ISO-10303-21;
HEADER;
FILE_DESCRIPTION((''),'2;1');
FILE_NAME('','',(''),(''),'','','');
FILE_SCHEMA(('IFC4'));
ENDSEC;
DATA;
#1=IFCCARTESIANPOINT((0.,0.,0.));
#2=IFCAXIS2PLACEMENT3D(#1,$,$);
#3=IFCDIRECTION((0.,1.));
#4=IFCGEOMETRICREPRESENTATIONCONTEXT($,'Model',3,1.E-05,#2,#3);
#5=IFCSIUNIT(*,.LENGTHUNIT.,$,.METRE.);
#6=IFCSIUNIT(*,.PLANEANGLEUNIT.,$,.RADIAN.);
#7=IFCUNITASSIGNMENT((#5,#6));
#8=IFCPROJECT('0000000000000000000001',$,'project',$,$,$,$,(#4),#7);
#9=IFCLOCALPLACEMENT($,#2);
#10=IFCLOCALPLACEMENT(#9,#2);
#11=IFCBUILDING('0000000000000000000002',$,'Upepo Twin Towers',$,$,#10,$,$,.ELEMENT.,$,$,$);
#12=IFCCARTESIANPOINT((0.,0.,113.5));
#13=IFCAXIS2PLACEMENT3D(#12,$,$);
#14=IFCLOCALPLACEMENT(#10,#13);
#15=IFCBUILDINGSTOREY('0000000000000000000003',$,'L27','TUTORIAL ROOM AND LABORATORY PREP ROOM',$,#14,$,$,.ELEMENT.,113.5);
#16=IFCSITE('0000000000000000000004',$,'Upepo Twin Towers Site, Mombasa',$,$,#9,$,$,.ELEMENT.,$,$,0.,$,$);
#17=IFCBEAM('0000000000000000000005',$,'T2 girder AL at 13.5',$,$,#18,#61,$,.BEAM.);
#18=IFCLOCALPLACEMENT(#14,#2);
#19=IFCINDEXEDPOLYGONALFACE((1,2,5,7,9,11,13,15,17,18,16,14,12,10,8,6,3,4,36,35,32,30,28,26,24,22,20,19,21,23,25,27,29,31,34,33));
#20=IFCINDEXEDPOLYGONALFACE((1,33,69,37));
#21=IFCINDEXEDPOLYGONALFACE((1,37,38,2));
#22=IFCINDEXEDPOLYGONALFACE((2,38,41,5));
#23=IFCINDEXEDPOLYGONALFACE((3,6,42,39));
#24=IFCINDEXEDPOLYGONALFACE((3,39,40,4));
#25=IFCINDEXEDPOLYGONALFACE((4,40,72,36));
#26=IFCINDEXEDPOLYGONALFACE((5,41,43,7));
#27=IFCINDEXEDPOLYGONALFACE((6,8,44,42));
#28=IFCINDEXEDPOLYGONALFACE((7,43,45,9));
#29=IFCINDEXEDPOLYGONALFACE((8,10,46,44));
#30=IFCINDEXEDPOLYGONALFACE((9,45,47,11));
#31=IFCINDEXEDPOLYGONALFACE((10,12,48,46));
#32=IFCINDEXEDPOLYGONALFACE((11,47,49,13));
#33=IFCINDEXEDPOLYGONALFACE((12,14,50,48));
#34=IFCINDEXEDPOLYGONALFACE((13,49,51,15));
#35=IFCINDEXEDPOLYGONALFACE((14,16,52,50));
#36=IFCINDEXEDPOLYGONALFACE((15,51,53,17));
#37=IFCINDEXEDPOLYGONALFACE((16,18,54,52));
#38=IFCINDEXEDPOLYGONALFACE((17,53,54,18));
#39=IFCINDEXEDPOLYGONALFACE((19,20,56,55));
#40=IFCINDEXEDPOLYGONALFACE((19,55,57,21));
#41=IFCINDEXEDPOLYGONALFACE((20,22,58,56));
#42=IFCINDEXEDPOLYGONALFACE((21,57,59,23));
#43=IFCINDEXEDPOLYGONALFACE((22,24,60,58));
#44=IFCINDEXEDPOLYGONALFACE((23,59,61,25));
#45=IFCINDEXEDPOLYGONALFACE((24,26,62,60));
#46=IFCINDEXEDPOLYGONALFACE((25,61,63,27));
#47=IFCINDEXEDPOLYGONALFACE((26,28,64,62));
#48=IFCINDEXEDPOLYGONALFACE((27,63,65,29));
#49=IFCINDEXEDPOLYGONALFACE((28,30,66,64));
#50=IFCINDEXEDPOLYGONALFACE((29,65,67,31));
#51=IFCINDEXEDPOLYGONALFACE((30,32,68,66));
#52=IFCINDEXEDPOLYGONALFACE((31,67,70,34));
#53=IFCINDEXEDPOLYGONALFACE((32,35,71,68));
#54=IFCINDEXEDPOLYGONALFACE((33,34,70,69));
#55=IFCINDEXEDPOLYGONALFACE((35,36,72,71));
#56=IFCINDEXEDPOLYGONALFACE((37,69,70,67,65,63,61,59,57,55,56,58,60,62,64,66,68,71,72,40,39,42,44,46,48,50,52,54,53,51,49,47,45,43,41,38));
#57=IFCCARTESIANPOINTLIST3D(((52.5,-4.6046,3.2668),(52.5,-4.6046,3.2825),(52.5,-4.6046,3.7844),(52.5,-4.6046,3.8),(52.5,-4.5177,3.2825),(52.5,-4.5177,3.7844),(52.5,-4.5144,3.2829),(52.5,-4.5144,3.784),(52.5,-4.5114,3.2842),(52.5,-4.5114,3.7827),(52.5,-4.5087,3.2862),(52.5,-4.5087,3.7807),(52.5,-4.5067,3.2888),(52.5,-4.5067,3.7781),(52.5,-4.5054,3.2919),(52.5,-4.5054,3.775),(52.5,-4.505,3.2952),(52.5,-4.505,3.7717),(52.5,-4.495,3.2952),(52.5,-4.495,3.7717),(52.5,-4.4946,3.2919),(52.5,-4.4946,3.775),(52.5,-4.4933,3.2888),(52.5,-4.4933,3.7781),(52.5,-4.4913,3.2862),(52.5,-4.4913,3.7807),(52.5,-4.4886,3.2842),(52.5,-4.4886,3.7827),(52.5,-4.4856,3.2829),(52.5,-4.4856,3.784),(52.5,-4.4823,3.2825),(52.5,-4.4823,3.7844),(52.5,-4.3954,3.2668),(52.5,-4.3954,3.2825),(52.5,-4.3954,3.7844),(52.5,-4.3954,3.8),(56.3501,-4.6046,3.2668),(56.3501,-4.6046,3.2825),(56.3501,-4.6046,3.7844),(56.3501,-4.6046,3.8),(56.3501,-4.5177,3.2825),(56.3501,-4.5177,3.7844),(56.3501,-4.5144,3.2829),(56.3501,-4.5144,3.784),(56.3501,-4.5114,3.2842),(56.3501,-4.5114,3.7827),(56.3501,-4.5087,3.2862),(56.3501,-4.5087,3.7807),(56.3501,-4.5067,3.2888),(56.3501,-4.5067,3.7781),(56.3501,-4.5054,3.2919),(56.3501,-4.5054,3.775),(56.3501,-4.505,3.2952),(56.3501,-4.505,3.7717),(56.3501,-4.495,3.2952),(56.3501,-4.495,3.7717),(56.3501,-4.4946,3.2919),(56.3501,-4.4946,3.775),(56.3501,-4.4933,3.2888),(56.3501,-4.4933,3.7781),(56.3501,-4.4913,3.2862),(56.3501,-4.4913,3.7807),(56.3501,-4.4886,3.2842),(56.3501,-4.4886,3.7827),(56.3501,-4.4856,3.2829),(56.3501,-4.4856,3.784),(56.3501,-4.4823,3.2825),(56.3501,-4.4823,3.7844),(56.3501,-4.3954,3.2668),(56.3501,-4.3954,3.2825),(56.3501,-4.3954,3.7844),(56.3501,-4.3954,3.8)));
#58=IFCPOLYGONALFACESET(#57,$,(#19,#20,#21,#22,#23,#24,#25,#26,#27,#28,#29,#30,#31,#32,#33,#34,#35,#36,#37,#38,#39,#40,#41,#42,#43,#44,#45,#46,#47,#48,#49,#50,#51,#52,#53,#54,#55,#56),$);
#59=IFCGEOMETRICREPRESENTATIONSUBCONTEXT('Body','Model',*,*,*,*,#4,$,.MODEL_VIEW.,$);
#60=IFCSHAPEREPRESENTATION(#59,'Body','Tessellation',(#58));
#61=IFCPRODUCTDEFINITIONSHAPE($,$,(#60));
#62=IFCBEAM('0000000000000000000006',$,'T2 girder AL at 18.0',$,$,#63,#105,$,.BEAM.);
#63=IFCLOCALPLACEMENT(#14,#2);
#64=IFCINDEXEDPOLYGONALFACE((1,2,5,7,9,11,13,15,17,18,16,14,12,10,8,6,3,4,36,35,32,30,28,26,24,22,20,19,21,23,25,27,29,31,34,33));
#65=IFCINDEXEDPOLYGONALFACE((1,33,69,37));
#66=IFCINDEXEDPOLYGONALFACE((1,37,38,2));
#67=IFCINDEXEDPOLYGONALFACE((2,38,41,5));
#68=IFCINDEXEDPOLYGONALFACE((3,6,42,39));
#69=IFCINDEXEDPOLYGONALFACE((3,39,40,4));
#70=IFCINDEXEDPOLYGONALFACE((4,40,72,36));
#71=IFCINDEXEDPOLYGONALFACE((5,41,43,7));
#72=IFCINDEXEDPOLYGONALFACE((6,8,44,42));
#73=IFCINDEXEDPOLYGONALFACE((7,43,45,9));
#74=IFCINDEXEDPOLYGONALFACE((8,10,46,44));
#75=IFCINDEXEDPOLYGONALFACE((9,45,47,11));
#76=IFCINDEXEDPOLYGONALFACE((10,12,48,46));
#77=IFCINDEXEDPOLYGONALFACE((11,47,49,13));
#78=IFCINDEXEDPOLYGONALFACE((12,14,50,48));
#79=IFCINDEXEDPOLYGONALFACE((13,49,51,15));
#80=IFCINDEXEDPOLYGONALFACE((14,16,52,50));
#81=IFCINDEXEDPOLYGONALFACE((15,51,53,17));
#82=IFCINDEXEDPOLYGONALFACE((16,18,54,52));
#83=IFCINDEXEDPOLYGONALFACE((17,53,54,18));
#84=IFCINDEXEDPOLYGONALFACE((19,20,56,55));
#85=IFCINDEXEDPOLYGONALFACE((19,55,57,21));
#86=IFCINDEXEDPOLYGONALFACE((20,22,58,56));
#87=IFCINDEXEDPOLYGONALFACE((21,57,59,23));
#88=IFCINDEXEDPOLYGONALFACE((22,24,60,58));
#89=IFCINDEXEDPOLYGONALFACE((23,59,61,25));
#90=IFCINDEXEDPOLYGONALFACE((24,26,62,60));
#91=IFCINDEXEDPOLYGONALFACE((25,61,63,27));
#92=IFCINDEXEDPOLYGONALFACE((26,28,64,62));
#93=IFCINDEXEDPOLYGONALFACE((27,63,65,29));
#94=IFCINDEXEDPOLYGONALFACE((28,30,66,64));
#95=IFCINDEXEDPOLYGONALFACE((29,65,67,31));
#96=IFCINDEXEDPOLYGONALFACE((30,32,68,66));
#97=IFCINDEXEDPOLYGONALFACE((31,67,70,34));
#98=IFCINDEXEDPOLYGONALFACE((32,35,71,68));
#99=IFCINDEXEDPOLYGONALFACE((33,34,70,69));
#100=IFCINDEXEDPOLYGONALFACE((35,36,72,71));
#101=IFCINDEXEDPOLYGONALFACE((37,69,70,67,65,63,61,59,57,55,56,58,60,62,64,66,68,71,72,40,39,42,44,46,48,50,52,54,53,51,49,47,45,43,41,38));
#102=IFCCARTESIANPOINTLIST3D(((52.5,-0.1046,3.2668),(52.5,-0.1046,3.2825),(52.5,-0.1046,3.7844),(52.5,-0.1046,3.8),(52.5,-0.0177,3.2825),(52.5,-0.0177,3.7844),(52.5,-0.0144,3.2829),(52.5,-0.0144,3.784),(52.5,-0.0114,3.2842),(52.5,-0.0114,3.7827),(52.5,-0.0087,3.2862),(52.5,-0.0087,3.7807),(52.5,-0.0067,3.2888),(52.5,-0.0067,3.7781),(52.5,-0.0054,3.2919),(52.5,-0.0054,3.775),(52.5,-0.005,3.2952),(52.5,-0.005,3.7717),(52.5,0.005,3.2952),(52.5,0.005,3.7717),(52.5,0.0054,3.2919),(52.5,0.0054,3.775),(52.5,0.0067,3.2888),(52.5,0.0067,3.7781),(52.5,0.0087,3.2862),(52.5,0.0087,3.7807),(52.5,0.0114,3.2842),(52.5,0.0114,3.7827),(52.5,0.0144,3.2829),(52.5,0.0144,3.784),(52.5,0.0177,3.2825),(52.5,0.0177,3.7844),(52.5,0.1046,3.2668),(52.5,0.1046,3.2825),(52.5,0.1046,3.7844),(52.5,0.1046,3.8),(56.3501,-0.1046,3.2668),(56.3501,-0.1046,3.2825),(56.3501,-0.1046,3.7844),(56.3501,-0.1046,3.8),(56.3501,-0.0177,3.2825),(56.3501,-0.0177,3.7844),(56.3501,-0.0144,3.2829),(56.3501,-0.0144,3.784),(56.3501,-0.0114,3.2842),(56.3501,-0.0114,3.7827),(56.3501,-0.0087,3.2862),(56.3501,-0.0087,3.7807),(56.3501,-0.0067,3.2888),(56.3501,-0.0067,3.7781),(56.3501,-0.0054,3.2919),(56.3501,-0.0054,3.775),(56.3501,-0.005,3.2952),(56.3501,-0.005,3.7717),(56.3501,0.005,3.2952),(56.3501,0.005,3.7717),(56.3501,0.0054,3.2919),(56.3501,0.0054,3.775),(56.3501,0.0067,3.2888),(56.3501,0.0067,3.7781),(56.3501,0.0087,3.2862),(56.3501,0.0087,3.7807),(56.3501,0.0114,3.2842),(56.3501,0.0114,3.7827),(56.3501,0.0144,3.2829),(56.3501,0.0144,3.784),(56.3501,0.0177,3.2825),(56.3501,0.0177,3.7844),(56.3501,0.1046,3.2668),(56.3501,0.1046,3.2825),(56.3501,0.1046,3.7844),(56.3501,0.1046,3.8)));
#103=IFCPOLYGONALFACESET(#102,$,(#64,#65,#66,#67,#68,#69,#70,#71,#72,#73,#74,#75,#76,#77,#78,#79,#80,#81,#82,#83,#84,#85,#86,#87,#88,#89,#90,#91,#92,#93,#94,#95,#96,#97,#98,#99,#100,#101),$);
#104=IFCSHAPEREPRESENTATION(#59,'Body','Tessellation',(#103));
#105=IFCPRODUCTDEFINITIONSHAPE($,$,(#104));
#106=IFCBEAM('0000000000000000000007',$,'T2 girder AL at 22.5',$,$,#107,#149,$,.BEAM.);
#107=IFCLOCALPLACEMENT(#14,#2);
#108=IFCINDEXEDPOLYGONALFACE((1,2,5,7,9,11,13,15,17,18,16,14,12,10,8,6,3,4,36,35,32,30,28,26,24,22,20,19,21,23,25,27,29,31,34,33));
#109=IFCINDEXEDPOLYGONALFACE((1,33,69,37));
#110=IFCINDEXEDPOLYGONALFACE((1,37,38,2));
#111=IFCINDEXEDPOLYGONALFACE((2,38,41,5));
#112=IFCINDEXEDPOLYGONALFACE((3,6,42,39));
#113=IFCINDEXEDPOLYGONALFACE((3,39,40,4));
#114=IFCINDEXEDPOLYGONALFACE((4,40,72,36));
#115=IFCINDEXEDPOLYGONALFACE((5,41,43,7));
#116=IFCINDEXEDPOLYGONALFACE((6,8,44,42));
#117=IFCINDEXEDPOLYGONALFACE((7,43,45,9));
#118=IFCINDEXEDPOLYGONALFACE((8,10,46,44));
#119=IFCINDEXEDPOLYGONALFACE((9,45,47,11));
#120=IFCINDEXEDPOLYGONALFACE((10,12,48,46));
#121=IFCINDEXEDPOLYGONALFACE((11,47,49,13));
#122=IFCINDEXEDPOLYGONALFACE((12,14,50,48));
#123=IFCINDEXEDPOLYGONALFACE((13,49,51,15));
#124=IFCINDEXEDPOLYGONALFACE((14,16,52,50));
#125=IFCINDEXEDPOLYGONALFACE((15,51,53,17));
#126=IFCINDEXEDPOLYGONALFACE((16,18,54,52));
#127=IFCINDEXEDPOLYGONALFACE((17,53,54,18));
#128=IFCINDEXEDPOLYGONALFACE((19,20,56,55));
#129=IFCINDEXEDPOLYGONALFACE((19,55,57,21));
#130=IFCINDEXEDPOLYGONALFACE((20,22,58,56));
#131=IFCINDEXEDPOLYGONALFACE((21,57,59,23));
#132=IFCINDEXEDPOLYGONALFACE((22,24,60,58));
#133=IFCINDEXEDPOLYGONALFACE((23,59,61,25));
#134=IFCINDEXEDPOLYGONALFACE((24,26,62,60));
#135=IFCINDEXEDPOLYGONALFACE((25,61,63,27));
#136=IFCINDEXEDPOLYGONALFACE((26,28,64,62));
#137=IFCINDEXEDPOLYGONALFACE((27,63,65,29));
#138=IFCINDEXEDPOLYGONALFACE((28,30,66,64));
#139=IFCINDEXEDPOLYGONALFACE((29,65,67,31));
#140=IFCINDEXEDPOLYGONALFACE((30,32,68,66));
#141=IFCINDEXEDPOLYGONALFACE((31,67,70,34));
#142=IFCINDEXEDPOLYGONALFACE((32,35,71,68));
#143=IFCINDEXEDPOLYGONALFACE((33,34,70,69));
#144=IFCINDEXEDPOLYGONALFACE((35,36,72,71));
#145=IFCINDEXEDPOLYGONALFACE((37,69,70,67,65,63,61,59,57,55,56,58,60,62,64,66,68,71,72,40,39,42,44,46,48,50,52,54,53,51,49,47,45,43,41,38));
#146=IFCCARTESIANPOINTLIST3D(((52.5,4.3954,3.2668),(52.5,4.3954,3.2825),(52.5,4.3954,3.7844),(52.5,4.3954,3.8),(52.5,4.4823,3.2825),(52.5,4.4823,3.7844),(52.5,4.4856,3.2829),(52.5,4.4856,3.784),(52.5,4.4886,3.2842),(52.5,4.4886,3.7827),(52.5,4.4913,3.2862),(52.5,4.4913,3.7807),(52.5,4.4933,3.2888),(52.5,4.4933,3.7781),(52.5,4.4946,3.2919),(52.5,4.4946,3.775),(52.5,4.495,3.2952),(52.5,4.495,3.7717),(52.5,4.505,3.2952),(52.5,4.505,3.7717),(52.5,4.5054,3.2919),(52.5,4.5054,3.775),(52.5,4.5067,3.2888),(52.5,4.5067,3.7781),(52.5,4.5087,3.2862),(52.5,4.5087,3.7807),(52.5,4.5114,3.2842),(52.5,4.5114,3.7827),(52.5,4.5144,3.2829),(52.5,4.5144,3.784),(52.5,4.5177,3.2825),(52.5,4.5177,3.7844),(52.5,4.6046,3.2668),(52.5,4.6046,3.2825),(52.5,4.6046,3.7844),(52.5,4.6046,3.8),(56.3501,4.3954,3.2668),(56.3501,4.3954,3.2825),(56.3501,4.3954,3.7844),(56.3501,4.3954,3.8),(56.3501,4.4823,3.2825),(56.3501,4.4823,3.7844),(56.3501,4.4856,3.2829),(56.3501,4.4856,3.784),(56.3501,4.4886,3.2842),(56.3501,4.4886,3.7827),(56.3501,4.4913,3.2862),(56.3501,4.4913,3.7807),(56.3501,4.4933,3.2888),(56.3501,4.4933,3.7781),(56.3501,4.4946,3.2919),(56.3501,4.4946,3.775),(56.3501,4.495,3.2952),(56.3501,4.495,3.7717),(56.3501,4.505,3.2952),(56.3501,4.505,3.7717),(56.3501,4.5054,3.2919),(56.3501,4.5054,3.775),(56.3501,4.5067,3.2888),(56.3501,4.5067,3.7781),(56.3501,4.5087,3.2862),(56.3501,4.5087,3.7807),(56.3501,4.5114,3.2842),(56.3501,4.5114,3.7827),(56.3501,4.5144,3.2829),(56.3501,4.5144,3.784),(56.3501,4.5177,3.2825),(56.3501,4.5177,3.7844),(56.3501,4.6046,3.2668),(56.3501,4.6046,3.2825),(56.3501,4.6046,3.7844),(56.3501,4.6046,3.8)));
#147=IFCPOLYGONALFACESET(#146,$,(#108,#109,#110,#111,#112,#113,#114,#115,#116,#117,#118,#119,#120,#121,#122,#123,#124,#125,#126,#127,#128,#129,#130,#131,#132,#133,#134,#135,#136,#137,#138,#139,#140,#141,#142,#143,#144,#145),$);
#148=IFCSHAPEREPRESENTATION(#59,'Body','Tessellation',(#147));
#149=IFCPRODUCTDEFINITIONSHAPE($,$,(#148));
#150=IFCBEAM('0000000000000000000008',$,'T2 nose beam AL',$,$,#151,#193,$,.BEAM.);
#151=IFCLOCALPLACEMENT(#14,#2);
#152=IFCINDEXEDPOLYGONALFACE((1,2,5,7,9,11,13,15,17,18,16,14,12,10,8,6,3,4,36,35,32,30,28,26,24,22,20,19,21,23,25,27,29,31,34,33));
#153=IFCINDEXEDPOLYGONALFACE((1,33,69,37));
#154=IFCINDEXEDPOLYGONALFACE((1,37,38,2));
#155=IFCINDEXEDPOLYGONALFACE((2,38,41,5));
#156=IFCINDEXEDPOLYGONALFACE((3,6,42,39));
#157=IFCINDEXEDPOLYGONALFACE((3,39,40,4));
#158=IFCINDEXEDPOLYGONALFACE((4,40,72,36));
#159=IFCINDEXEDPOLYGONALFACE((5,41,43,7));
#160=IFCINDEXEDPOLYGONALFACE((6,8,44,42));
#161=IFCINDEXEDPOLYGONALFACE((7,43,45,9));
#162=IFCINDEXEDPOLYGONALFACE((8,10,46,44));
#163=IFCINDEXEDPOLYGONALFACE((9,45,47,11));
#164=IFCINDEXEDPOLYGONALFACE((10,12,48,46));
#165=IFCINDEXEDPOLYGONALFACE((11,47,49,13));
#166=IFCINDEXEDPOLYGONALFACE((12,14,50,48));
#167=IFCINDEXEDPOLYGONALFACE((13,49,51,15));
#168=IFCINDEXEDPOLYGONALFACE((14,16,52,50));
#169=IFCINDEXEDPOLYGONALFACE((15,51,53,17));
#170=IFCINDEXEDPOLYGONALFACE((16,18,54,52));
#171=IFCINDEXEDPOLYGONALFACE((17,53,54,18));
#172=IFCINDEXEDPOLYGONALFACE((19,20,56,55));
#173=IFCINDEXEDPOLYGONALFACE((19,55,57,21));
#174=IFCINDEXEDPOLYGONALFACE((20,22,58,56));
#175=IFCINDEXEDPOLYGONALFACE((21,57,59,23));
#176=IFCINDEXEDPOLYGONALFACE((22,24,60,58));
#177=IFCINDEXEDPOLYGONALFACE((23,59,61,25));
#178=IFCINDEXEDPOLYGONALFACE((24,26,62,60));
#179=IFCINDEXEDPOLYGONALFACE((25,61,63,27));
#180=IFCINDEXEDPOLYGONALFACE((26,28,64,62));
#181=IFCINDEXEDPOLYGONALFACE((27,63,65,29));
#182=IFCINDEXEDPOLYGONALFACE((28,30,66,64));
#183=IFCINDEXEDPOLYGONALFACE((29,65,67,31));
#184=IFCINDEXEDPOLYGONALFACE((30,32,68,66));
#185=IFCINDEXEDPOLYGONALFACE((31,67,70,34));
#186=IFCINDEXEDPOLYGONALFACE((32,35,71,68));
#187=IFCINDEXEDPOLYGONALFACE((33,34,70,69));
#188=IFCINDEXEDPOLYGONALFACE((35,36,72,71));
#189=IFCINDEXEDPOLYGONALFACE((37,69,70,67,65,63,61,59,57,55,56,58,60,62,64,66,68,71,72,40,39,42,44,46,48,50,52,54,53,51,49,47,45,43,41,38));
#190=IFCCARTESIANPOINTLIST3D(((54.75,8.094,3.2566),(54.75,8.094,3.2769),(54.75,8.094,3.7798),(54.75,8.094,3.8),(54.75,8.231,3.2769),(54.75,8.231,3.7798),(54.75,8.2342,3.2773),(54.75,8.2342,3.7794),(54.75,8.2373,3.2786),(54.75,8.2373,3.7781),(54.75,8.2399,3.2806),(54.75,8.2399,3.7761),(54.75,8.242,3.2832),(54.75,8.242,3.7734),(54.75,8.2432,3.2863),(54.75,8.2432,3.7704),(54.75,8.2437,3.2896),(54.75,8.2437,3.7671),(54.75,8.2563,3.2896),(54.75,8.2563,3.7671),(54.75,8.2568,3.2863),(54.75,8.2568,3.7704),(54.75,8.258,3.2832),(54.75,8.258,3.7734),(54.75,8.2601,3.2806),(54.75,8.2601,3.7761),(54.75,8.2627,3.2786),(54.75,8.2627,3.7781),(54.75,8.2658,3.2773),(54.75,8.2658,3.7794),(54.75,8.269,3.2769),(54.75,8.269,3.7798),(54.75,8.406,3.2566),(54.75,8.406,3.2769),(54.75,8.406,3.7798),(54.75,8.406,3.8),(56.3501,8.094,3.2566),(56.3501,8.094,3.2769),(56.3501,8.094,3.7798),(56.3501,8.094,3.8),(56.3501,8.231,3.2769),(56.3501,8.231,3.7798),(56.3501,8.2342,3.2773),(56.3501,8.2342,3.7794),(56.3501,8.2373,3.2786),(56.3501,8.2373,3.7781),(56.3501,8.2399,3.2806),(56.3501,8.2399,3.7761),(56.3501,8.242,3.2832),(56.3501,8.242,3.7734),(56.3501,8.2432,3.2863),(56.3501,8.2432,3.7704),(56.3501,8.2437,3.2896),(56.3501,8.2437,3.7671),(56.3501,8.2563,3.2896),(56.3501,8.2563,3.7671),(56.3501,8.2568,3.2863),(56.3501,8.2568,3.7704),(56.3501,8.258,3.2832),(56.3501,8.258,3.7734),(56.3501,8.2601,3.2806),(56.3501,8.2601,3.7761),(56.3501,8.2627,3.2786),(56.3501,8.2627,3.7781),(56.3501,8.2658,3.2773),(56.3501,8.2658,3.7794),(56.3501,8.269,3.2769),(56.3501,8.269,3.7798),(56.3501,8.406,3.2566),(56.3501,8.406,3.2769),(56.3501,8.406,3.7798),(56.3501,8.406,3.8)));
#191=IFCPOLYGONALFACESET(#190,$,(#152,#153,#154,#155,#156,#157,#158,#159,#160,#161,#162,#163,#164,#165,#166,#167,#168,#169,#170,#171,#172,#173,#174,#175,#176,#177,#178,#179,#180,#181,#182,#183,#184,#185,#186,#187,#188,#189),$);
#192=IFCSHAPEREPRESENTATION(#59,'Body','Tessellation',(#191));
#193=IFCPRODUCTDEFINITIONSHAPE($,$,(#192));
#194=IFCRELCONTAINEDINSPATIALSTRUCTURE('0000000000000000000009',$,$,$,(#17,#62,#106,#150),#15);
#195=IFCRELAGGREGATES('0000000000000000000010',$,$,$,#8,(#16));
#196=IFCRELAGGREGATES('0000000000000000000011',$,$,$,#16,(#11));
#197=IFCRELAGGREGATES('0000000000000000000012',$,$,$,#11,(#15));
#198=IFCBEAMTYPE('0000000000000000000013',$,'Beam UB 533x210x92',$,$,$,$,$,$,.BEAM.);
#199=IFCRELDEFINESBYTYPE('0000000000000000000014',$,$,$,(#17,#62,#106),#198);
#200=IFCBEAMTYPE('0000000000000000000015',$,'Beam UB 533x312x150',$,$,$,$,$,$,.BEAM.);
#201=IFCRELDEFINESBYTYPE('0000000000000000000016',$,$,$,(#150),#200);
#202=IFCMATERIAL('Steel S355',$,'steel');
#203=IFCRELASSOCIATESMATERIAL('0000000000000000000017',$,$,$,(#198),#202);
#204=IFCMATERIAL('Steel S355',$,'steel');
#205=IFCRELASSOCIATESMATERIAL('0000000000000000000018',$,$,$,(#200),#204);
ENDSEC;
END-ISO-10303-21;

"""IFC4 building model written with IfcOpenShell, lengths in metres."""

from ifc_helpers import new_model, si_unit, direction, frame, origin, origin_2d, place, context, subcontext, project, spatial, i_section, extrude, material, material_profile, profile_set, type_object, element, save


model = new_model("IFC4")

# Units and contexts
model_context = context("Model", 3, precision=1e-05, world=origin(), true_north=direction((0.0, 1.0)))
body_context = subcontext(model_context, "Body", "Model", "MODEL_VIEW")
ifc_project = project(units=[si_unit("LENGTHUNIT", "METRE"), si_unit("PLANEANGLEUNIT", "RADIAN")], contexts=[model_context])

# Site, building, storey
site_placement = place(None, origin())
site = spatial("IfcSite", under=ifc_project, at=site_placement, Name="Upepo Twin Towers Site, Mombasa", CompositionType="ELEMENT", RefElevation=0.0)
building_placement = place(site_placement, origin())
building = spatial("IfcBuilding", under=site, at=building_placement, Name="Upepo Twin Towers", CompositionType="ELEMENT")
storey_placement = place(building_placement, frame((0.0, 0.0, 113.5)))
storey = spatial("IfcBuildingStorey", under=building, at=storey_placement, Name="L27", Description="TUTORIAL ROOM AND LABORATORY PREP ROOM", CompositionType="ELEMENT", Elevation=113.5)

# Beams
ifc_material_1 = material(Name="Steel S355", Category="steel")
ifc_material_profile_1 = material_profile(ifc_material_1, i_section(OverallWidth=0.2092, OverallDepth=0.5332, WebThickness=0.01, FlangeThickness=0.0156, FilletRadius=0.0127, at=origin_2d()), Name="UB 533x210x92")
ifc_profile_set_1 = profile_set([ifc_material_profile_1], Name="Steel S355")
beam_type_1 = type_object("IfcBeamType", Name="Beam UB 533x210x92", PredefinedType="BEAM", material=ifc_profile_set_1)
for number, where, z_axis, x_axis, name in (
    (1, (52.5, -4.5, 3.5334), (1.0, 0.0, 0.0), (0.0, 1.0, 0.0), "T2 girder AL at 13.5"),
    (2, (52.5, 0.0, 3.5334), (1.0, 0.0, 0.0), (0.0, 1.0, 0.0), "T2 girder AL at 18.0"),
    (3, (52.5, 4.5, 3.5334), (1.0, 0.0, 0.0), (0.0, 1.0, 0.0), "T2 girder AL at 22.5"),
):
    element("IfcBeam", number, at=place(storey_placement, frame(where, z_axis=z_axis, x_axis=x_axis)), inside=storey, type_object=beam_type_1, Name=name, PredefinedType="BEAM", context=body_context, shape_type="SweptSolid", body=[
        extrude(i_section(OverallWidth=0.2092, OverallDepth=0.5332, WebThickness=0.01, FlangeThickness=0.0156, FilletRadius=0.0127, at=origin_2d()), origin(), (0.0, 0.0, 1.0), 3.8501),
    ])
ifc_material_2 = material(Name="Steel S355", Category="steel")
ifc_material_profile_2 = material_profile(ifc_material_2, i_section(OverallWidth=0.312, OverallDepth=0.5435, WebThickness=0.0127, FlangeThickness=0.0203, FilletRadius=0.0127, at=origin_2d()), Name="UB 533x312x150")
ifc_profile_set_2 = profile_set([ifc_material_profile_2], Name="Steel S355")
beam_type_2 = type_object("IfcBeamType", Name="Beam UB 533x312x150", PredefinedType="BEAM", material=ifc_profile_set_2)
beam_1_placement = place(storey_placement, frame((54.75, 8.25, 3.5283), z_axis=(1.0, 0.0, 0.0), x_axis=(0.0, 1.0, 0.0)))
element("IfcBeam", 4, at=beam_1_placement, inside=storey, type_object=beam_type_2, Name="T2 nose beam AL", PredefinedType="BEAM", context=body_context, shape_type="SweptSolid", body=[
    extrude(i_section(OverallWidth=0.312, OverallDepth=0.5435, WebThickness=0.0127, FlangeThickness=0.0203, FilletRadius=0.0127, at=origin_2d()), origin(), (0.0, 0.0, 1.0), 1.6001),
])

save(model, "model.ifc")
